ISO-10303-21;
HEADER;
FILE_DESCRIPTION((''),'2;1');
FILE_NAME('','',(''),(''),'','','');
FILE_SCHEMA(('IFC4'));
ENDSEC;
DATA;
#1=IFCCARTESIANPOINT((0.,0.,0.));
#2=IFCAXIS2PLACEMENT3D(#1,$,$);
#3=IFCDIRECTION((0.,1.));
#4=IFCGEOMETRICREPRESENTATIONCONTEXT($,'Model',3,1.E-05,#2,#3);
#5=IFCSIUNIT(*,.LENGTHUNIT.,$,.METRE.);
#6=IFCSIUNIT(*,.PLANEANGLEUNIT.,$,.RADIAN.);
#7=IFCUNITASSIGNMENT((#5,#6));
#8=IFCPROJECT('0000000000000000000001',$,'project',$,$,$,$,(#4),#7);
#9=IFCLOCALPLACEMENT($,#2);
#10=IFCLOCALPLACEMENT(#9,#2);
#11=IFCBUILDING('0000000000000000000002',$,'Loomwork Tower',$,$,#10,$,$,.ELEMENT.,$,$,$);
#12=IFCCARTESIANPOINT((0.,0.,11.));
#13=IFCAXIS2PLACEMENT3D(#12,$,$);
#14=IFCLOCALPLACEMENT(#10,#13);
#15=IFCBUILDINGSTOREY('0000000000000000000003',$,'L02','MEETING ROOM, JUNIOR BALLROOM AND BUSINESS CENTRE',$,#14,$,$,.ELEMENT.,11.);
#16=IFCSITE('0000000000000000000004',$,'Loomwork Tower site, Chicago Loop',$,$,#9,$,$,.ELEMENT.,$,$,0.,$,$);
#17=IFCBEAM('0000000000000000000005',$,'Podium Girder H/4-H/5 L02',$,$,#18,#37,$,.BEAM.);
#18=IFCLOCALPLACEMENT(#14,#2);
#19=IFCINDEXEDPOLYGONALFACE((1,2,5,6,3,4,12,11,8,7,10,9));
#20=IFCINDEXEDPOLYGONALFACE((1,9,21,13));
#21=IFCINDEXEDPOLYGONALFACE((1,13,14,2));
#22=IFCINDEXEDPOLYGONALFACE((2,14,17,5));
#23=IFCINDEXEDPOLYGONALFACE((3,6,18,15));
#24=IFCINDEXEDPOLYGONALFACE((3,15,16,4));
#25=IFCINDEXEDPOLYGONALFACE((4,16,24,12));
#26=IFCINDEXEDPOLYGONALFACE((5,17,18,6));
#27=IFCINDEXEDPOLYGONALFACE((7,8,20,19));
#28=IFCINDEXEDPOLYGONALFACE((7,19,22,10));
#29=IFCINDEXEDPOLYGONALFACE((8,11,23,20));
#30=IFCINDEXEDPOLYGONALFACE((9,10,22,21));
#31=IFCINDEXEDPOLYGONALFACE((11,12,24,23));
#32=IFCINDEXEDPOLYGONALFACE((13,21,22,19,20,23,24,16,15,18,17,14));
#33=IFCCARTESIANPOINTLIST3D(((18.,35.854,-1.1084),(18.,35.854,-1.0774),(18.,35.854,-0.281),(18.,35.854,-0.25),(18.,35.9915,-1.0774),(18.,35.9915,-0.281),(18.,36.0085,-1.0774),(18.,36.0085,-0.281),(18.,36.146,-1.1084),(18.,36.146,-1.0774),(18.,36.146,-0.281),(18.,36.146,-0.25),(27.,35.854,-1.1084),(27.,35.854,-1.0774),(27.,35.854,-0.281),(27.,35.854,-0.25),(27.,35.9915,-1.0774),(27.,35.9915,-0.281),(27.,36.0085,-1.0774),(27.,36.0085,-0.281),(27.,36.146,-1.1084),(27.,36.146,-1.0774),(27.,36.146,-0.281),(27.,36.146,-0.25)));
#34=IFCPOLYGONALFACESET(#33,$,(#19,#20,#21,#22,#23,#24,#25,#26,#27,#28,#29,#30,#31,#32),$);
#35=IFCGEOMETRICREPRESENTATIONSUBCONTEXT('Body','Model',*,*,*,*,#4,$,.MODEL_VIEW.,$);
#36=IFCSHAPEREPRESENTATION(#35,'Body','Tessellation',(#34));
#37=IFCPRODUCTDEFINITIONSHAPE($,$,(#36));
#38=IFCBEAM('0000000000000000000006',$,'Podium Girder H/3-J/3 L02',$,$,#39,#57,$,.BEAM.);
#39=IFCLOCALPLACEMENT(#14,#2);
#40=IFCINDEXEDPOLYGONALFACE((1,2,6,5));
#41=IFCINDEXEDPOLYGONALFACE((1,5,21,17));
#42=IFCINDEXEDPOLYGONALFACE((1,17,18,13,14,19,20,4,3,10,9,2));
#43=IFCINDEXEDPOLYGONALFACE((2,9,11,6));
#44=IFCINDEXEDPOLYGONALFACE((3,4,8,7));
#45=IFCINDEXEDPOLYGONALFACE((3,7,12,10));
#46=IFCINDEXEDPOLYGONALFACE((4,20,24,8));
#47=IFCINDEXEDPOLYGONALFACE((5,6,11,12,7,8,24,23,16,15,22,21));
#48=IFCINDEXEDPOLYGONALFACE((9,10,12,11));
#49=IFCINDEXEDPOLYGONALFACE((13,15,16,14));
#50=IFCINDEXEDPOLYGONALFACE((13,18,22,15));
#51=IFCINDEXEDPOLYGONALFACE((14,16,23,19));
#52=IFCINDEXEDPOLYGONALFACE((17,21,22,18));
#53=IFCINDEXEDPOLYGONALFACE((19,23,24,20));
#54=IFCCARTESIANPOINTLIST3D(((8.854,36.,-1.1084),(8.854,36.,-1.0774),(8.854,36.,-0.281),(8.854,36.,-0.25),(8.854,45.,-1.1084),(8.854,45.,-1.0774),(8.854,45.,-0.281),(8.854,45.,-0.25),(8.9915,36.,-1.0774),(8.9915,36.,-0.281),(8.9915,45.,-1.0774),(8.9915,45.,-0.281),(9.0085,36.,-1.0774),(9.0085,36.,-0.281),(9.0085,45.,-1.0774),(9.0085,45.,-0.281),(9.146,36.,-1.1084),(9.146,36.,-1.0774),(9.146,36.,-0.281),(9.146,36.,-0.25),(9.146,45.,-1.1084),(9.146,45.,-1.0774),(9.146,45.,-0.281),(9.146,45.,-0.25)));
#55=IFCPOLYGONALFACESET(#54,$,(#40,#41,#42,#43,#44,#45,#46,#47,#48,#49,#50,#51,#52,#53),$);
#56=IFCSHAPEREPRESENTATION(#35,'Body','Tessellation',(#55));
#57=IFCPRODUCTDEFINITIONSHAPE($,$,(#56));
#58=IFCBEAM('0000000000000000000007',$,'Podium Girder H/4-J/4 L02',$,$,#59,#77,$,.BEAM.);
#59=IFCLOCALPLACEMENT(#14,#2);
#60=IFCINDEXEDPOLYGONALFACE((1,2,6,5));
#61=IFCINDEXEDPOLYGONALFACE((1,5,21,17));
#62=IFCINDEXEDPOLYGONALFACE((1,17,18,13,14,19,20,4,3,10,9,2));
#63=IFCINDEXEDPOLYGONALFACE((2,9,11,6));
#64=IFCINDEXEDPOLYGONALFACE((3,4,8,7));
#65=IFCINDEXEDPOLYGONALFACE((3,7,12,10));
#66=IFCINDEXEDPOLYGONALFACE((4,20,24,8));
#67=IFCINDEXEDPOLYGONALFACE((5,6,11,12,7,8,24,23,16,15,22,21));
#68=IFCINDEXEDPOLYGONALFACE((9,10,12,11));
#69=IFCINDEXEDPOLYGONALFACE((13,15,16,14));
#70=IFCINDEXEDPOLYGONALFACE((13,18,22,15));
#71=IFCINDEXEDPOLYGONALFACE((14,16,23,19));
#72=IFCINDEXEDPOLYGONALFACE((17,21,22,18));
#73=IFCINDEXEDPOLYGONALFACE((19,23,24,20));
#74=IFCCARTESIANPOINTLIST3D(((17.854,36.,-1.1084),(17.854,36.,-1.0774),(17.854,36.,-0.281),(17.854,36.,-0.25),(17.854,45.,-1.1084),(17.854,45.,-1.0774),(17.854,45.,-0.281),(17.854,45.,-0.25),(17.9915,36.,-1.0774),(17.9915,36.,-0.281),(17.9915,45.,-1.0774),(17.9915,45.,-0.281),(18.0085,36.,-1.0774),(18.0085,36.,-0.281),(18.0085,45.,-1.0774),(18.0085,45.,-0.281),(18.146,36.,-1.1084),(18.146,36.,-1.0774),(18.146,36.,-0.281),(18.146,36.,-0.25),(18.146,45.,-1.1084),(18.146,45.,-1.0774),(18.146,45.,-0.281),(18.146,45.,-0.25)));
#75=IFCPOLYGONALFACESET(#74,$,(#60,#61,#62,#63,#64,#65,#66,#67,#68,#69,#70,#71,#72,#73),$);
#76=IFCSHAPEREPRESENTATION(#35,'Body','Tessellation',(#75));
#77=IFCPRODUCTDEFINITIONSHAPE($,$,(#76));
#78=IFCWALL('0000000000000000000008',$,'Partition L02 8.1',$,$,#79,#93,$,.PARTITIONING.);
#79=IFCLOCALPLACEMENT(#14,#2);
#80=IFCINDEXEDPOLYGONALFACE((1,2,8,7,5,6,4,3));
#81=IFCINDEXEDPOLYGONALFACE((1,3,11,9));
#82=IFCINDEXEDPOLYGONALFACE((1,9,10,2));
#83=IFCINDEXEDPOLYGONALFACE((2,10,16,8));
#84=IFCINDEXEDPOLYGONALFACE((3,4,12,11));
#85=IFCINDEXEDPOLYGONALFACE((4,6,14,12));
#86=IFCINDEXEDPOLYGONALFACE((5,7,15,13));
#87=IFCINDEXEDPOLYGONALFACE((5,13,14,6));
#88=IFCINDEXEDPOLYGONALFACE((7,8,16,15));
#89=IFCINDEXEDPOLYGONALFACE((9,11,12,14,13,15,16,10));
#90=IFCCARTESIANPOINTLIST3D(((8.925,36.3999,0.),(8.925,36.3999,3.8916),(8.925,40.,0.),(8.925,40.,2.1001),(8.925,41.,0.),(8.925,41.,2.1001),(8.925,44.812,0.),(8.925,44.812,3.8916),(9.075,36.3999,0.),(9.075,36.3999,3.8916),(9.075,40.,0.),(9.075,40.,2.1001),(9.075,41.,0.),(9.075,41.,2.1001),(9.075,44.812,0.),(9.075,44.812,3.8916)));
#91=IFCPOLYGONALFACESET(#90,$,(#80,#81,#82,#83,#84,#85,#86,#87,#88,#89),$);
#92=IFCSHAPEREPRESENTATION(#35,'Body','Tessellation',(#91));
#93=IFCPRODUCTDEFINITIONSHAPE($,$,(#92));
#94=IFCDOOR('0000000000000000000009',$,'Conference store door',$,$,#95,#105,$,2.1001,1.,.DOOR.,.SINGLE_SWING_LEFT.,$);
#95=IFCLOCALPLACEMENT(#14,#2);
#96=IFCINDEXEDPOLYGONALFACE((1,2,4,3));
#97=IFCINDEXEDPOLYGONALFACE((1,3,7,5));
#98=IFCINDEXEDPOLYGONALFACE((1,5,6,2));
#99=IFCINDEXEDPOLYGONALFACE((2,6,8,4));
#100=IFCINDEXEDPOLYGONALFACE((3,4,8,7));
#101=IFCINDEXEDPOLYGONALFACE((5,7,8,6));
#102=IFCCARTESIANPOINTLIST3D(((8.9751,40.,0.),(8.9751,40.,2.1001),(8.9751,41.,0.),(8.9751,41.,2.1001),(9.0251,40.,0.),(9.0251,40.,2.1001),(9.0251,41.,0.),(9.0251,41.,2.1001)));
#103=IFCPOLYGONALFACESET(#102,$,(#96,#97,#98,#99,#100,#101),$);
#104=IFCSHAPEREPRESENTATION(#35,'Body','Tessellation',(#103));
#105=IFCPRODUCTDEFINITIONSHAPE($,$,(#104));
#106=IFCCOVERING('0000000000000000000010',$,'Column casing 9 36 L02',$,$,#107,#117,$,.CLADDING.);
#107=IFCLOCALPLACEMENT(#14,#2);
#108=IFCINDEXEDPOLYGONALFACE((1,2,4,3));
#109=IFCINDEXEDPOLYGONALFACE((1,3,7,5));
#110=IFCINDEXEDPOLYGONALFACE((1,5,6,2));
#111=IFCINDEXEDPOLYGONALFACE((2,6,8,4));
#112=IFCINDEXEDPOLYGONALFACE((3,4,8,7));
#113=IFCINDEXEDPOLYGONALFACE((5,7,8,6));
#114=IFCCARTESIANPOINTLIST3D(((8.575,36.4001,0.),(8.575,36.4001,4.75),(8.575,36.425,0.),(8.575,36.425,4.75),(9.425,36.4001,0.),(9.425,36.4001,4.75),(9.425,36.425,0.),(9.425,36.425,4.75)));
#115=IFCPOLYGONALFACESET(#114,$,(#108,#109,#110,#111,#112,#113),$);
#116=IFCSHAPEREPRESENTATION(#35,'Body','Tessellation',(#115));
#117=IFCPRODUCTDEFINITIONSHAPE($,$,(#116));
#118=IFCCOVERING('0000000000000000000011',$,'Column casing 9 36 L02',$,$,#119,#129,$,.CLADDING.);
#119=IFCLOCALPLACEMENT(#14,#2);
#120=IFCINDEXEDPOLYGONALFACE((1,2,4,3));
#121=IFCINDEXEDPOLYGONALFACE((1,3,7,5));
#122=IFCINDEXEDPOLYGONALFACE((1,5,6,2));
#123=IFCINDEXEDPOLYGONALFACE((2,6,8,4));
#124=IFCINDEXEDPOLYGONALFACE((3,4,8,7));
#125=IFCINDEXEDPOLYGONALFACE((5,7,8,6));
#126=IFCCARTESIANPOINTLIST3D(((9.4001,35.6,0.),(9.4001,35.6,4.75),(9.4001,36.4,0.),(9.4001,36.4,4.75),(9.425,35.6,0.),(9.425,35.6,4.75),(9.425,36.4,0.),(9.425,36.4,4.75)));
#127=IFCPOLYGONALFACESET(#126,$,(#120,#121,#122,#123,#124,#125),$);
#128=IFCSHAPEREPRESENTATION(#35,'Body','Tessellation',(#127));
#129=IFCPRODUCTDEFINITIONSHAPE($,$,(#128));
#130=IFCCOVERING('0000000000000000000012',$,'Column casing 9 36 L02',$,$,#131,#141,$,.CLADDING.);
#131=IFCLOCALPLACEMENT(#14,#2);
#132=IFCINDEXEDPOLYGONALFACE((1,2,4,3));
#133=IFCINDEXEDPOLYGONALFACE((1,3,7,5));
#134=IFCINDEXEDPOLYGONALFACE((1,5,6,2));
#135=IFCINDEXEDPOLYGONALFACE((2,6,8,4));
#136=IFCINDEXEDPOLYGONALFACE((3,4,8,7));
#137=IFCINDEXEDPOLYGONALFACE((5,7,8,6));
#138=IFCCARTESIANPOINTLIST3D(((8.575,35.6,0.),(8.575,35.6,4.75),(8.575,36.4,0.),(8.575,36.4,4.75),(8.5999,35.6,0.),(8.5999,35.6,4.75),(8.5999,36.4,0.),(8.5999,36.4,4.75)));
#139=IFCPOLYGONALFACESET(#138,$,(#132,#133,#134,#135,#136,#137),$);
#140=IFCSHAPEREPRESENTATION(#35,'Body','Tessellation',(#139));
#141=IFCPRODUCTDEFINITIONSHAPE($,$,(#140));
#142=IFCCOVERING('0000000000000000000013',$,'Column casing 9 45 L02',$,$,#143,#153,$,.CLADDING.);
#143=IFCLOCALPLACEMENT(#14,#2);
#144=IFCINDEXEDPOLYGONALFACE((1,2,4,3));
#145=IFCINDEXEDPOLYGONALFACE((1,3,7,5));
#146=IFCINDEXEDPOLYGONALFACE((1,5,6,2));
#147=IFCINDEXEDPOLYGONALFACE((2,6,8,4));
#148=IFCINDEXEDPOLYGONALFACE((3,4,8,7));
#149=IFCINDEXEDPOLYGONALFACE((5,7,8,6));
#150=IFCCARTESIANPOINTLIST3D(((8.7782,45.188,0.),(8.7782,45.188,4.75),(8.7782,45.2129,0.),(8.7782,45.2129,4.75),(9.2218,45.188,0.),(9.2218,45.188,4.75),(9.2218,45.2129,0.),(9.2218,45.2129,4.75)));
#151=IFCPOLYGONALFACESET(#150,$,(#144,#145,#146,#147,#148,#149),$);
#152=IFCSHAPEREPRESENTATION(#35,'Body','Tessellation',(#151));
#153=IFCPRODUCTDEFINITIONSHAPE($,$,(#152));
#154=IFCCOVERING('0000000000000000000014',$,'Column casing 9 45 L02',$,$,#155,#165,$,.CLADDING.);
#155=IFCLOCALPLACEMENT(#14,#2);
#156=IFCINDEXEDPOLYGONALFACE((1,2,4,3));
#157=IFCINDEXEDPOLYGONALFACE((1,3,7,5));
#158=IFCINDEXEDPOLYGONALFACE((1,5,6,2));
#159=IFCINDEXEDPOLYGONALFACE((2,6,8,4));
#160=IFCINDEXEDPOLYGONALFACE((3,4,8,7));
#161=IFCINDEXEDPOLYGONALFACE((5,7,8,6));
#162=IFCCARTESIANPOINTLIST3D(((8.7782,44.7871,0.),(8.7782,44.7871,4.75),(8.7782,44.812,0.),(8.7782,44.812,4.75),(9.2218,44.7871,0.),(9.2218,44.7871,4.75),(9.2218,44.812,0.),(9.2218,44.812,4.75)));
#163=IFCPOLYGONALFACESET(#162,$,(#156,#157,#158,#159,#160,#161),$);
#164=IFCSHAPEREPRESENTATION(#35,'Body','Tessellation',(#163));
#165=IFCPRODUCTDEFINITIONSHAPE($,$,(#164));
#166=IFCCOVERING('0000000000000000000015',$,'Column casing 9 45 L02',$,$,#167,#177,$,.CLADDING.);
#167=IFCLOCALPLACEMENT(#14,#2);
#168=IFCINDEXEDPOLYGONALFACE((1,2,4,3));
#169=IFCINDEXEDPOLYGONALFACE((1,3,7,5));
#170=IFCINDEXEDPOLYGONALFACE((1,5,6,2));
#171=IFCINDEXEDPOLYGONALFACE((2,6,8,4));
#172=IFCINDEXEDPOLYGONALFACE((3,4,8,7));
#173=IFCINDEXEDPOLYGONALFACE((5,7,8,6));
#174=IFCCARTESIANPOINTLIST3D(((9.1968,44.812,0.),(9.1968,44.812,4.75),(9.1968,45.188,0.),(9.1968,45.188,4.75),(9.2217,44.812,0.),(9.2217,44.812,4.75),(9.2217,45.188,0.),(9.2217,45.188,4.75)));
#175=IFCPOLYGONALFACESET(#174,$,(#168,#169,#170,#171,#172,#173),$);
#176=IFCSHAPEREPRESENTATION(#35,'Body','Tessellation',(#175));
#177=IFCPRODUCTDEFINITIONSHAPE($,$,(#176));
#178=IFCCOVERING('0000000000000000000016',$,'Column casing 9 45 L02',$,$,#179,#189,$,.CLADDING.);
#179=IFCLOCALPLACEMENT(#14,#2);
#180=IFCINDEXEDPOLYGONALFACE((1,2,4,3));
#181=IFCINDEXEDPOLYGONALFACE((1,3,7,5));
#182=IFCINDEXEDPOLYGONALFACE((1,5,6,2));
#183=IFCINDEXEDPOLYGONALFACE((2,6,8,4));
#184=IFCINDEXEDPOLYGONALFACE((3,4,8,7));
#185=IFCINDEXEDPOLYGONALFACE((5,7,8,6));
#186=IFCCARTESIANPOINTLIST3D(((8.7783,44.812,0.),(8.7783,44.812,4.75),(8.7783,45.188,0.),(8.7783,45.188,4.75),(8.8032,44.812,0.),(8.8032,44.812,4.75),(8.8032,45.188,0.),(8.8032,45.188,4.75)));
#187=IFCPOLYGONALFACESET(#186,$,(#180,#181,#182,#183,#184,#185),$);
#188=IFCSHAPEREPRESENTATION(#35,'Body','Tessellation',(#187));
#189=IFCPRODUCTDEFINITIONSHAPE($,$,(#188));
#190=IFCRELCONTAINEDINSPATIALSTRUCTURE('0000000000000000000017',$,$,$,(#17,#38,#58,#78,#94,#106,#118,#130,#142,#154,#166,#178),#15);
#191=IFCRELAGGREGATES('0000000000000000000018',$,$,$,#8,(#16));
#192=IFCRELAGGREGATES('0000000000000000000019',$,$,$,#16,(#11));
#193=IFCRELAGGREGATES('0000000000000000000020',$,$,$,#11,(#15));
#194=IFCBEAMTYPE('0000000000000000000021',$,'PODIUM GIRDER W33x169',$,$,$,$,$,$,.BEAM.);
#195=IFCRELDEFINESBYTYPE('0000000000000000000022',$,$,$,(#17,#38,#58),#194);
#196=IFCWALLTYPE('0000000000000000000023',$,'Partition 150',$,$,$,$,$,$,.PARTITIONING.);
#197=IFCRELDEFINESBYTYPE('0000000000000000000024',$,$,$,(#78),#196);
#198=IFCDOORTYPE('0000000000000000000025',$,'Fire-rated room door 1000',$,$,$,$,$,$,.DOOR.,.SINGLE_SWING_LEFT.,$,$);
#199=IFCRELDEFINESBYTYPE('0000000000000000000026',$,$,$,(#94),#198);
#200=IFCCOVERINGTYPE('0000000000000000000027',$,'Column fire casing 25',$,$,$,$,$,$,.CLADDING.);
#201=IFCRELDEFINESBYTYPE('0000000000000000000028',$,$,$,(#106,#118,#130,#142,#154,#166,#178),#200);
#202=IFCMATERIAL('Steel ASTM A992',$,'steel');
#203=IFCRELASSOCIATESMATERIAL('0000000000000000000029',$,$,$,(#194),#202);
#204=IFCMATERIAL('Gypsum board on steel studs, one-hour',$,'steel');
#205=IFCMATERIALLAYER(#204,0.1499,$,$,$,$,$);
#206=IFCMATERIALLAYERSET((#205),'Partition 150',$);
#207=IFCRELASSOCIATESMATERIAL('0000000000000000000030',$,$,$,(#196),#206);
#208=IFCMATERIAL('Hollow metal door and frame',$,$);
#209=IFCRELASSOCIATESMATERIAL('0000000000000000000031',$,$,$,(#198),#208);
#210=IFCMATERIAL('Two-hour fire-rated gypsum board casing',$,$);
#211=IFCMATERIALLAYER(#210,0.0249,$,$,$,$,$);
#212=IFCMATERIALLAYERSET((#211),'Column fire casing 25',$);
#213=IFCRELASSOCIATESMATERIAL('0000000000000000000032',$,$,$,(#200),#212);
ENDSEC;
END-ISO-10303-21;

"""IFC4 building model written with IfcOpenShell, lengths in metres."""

from ifc_helpers import new_model, si_unit, direction, frame, frame_2d, origin, origin_2d, place, context, subcontext, project, spatial, rectangle, i_section, extrude, material, layer, layer_set, material_profile, profile_set, type_object, element, fill, save


model = new_model("IFC4")

# Units and contexts
model_context = context("Model", 3, precision=1e-05, world=origin(), true_north=direction((0.0, 1.0)))
body_context = subcontext(model_context, "Body", "Model", "MODEL_VIEW")
ifc_project = project(units=[si_unit("LENGTHUNIT", "METRE"), si_unit("PLANEANGLEUNIT", "RADIAN")], contexts=[model_context])

# Site, building, storey
site_placement = place(None, origin())
site = spatial("IfcSite", under=ifc_project, at=site_placement, Name="Loomwork Tower site, Chicago Loop", CompositionType="ELEMENT", RefElevation=0.0)
building_placement = place(site_placement, origin())
building = spatial("IfcBuilding", under=site, at=building_placement, Name="Loomwork Tower", CompositionType="ELEMENT")
storey_placement = place(building_placement, frame((0.0, 0.0, 11.0)))
storey = spatial("IfcBuildingStorey", under=building, at=storey_placement, Name="L02", Description="MEETING ROOM, JUNIOR BALLROOM AND BUSINESS CENTRE", CompositionType="ELEMENT", Elevation=11.0)

# Beams
ifc_material_1 = material(Name="Steel ASTM A992", Category="steel")
ifc_material_profile_1 = material_profile(ifc_material_1, i_section(OverallWidth=0.292, OverallDepth=0.8584, WebThickness=0.0171, FlangeThickness=0.031, at=origin_2d()), Name="W33x169")
ifc_profile_set_1 = profile_set([ifc_material_profile_1], Name="Steel ASTM A992")
beam_type_1 = type_object("IfcBeamType", Name="PODIUM GIRDER W33x169", PredefinedType="BEAM", material=ifc_profile_set_1)
for number, where, z_axis, x_axis, name in (
    (1, (18.0, 36.0, -0.6792), (1.0, 0.0, 0.0), (0.0, 1.0, 0.0), "Podium Girder H/4-H/5 L02"),
    (2, (9.0, 36.0, -0.6792), (0.0, 1.0, 0.0), (-1.0, 0.0, 0.0), "Podium Girder H/3-J/3 L02"),
    (3, (18.0, 36.0, -0.6792), (0.0, 1.0, 0.0), (-1.0, 0.0, 0.0), "Podium Girder H/4-J/4 L02"),
):
    element("IfcBeam", number, at=place(storey_placement, frame(where, z_axis=z_axis, x_axis=x_axis)), inside=storey, type_object=beam_type_1, Name=name, PredefinedType="BEAM", context=body_context, shape_type="SweptSolid", body=[
        extrude(i_section(OverallWidth=0.292, OverallDepth=0.8584, WebThickness=0.0171, FlangeThickness=0.031, at=origin_2d()), origin(), (0.0, 0.0, 1.0), 9.0),
    ])

# Wall, opening, door
ifc_material_2 = material(Name="Gypsum board on steel studs, one-hour", Category="steel")
ifc_layer_1 = layer(ifc_material_2, 0.1499)
ifc_layer_set_1 = layer_set([ifc_layer_1], Name="Partition 150")
wall_type = type_object("IfcWallType", Name="Partition 150", PredefinedType="PARTITIONING", material=ifc_layer_set_1)
wall_placement = place(storey_placement, frame((9.0, 44.812, 0.0), z_axis=(0.0, 0.0, 1.0), x_axis=(0.0, -1.0, 0.0)))
wall = element("IfcWall", 4, at=wall_placement, inside=storey, type_object=wall_type, Name="Partition L02 8.1", PredefinedType="PARTITIONING", context=body_context, shape_type="SweptSolid", body=[
    extrude(rectangle(XDim=8.4121, YDim=0.1499, at=frame_2d((4.2061, 0.0))), origin(), (0.0, 0.0, 1.0), 3.8916),
])
opening_placement = place(wall_placement, frame((3.812, 0.0, 0.0)))
opening = element("IfcOpeningElement", 5, at=opening_placement, cuts=wall, PredefinedType="OPENING", context=body_context, shape_type="SweptSolid", body=[
    extrude(rectangle(XDim=1.0, YDim=2.1001, at=frame_2d((0.5, 1.05))), frame((0.0, 0.085, 0.0), z_axis=(0.0, -1.0, 0.0), x_axis=(1.0, 0.0, 0.0)), (0.0, 0.0, 1.0), 0.1699),
])
ifc_material_3 = material(Name="Hollow metal door and frame")
door_type = type_object("IfcDoorType", Name="Fire-rated room door 1000", OperationType="SINGLE_SWING_LEFT", PredefinedType="DOOR", material=ifc_material_3)
door_placement = place(opening_placement, frame((1.0, 0.0, 0.0), z_axis=(0.0, 0.0, 1.0), x_axis=(-1.0, 0.0, 0.0)))
door = element("IfcDoor", 6, at=door_placement, inside=storey, type_object=door_type, Name="Conference store door", OperationType="SINGLE_SWING_LEFT", OverallHeight=2.1001, OverallWidth=1.0, PredefinedType="DOOR", context=body_context, shape_type="SweptSolid", body=[
    extrude(rectangle(XDim=1.0, YDim=2.1001, at=frame_2d((0.5, 1.05))), frame((0.0, 0.0249, 0.0), z_axis=(0.0, -1.0, 0.0), x_axis=(1.0, 0.0, 0.0)), (0.0, 0.0, 1.0), 0.05),
])
fill(opening, door)

# Coverings
ifc_material_4 = material(Name="Two-hour fire-rated gypsum board casing")
ifc_layer_2 = layer(ifc_material_4, 0.0249)
ifc_layer_set_2 = layer_set([ifc_layer_2], Name="Column fire casing 25")
covering_type = type_object("IfcCoveringType", Name="Column fire casing 25", PredefinedType="CLADDING", material=ifc_layer_set_2)
covering_placement = place(storey_placement, frame((9.0, 36.4126, 0.0), z_axis=(0.0, 0.0, 1.0), x_axis=(1.0, 0.0, 0.0)))
element("IfcCovering", 7, at=covering_placement, inside=storey, type_object=covering_type, Name="Column casing 9 36 L02", PredefinedType="CLADDING", context=body_context, shape_type="SweptSolid", body=[
    extrude(rectangle(XDim=0.8501, YDim=0.0249, at=origin_2d()), origin(), (0.0, 0.0, 1.0), 4.75),
])
for number, where, z_axis, x_axis, name in (
    (8, (9.4126, 36.0, 0.0), (0.0, 0.0, 1.0), (1.0, 0.0, 0.0), "Column casing 9 36 L02"),
    (9, (8.5874, 36.0, 0.0), (0.0, 0.0, 1.0), (1.0, 0.0, 0.0), "Column casing 9 36 L02"),
):
    element("IfcCovering", number, at=place(storey_placement, frame(where, z_axis=z_axis, x_axis=x_axis)), inside=storey, type_object=covering_type, Name=name, PredefinedType="CLADDING", context=body_context, shape_type="SweptSolid", body=[
        extrude(rectangle(XDim=0.0249, YDim=0.8, at=origin_2d()), origin(), (0.0, 0.0, 1.0), 4.75),
    ])
for number, where, z_axis, x_axis, name in (
    (10, (9.0, 45.2004, 0.0), (0.0, 0.0, 1.0), (1.0, 0.0, 0.0), "Column casing 9 45 L02"),
    (11, (9.0, 44.7996, 0.0), (0.0, 0.0, 1.0), (1.0, 0.0, 0.0), "Column casing 9 45 L02"),
):
    element("IfcCovering", number, at=place(storey_placement, frame(where, z_axis=z_axis, x_axis=x_axis)), inside=storey, type_object=covering_type, Name=name, PredefinedType="CLADDING", context=body_context, shape_type="SweptSolid", body=[
        extrude(rectangle(XDim=0.4436, YDim=0.0249, at=origin_2d()), origin(), (0.0, 0.0, 1.0), 4.75),
    ])
for number, where, z_axis, x_axis, name in (
    (12, (9.2092, 45.0, 0.0), (0.0, 0.0, 1.0), (1.0, 0.0, 0.0), "Column casing 9 45 L02"),
    (13, (8.7908, 45.0, 0.0), (0.0, 0.0, 1.0), (1.0, 0.0, 0.0), "Column casing 9 45 L02"),
):
    element("IfcCovering", number, at=place(storey_placement, frame(where, z_axis=z_axis, x_axis=x_axis)), inside=storey, type_object=covering_type, Name=name, PredefinedType="CLADDING", context=body_context, shape_type="SweptSolid", body=[
        extrude(rectangle(XDim=0.0249, YDim=0.376, at=origin_2d()), origin(), (0.0, 0.0, 1.0), 4.75),
    ])

save(model, "model.ifc")
